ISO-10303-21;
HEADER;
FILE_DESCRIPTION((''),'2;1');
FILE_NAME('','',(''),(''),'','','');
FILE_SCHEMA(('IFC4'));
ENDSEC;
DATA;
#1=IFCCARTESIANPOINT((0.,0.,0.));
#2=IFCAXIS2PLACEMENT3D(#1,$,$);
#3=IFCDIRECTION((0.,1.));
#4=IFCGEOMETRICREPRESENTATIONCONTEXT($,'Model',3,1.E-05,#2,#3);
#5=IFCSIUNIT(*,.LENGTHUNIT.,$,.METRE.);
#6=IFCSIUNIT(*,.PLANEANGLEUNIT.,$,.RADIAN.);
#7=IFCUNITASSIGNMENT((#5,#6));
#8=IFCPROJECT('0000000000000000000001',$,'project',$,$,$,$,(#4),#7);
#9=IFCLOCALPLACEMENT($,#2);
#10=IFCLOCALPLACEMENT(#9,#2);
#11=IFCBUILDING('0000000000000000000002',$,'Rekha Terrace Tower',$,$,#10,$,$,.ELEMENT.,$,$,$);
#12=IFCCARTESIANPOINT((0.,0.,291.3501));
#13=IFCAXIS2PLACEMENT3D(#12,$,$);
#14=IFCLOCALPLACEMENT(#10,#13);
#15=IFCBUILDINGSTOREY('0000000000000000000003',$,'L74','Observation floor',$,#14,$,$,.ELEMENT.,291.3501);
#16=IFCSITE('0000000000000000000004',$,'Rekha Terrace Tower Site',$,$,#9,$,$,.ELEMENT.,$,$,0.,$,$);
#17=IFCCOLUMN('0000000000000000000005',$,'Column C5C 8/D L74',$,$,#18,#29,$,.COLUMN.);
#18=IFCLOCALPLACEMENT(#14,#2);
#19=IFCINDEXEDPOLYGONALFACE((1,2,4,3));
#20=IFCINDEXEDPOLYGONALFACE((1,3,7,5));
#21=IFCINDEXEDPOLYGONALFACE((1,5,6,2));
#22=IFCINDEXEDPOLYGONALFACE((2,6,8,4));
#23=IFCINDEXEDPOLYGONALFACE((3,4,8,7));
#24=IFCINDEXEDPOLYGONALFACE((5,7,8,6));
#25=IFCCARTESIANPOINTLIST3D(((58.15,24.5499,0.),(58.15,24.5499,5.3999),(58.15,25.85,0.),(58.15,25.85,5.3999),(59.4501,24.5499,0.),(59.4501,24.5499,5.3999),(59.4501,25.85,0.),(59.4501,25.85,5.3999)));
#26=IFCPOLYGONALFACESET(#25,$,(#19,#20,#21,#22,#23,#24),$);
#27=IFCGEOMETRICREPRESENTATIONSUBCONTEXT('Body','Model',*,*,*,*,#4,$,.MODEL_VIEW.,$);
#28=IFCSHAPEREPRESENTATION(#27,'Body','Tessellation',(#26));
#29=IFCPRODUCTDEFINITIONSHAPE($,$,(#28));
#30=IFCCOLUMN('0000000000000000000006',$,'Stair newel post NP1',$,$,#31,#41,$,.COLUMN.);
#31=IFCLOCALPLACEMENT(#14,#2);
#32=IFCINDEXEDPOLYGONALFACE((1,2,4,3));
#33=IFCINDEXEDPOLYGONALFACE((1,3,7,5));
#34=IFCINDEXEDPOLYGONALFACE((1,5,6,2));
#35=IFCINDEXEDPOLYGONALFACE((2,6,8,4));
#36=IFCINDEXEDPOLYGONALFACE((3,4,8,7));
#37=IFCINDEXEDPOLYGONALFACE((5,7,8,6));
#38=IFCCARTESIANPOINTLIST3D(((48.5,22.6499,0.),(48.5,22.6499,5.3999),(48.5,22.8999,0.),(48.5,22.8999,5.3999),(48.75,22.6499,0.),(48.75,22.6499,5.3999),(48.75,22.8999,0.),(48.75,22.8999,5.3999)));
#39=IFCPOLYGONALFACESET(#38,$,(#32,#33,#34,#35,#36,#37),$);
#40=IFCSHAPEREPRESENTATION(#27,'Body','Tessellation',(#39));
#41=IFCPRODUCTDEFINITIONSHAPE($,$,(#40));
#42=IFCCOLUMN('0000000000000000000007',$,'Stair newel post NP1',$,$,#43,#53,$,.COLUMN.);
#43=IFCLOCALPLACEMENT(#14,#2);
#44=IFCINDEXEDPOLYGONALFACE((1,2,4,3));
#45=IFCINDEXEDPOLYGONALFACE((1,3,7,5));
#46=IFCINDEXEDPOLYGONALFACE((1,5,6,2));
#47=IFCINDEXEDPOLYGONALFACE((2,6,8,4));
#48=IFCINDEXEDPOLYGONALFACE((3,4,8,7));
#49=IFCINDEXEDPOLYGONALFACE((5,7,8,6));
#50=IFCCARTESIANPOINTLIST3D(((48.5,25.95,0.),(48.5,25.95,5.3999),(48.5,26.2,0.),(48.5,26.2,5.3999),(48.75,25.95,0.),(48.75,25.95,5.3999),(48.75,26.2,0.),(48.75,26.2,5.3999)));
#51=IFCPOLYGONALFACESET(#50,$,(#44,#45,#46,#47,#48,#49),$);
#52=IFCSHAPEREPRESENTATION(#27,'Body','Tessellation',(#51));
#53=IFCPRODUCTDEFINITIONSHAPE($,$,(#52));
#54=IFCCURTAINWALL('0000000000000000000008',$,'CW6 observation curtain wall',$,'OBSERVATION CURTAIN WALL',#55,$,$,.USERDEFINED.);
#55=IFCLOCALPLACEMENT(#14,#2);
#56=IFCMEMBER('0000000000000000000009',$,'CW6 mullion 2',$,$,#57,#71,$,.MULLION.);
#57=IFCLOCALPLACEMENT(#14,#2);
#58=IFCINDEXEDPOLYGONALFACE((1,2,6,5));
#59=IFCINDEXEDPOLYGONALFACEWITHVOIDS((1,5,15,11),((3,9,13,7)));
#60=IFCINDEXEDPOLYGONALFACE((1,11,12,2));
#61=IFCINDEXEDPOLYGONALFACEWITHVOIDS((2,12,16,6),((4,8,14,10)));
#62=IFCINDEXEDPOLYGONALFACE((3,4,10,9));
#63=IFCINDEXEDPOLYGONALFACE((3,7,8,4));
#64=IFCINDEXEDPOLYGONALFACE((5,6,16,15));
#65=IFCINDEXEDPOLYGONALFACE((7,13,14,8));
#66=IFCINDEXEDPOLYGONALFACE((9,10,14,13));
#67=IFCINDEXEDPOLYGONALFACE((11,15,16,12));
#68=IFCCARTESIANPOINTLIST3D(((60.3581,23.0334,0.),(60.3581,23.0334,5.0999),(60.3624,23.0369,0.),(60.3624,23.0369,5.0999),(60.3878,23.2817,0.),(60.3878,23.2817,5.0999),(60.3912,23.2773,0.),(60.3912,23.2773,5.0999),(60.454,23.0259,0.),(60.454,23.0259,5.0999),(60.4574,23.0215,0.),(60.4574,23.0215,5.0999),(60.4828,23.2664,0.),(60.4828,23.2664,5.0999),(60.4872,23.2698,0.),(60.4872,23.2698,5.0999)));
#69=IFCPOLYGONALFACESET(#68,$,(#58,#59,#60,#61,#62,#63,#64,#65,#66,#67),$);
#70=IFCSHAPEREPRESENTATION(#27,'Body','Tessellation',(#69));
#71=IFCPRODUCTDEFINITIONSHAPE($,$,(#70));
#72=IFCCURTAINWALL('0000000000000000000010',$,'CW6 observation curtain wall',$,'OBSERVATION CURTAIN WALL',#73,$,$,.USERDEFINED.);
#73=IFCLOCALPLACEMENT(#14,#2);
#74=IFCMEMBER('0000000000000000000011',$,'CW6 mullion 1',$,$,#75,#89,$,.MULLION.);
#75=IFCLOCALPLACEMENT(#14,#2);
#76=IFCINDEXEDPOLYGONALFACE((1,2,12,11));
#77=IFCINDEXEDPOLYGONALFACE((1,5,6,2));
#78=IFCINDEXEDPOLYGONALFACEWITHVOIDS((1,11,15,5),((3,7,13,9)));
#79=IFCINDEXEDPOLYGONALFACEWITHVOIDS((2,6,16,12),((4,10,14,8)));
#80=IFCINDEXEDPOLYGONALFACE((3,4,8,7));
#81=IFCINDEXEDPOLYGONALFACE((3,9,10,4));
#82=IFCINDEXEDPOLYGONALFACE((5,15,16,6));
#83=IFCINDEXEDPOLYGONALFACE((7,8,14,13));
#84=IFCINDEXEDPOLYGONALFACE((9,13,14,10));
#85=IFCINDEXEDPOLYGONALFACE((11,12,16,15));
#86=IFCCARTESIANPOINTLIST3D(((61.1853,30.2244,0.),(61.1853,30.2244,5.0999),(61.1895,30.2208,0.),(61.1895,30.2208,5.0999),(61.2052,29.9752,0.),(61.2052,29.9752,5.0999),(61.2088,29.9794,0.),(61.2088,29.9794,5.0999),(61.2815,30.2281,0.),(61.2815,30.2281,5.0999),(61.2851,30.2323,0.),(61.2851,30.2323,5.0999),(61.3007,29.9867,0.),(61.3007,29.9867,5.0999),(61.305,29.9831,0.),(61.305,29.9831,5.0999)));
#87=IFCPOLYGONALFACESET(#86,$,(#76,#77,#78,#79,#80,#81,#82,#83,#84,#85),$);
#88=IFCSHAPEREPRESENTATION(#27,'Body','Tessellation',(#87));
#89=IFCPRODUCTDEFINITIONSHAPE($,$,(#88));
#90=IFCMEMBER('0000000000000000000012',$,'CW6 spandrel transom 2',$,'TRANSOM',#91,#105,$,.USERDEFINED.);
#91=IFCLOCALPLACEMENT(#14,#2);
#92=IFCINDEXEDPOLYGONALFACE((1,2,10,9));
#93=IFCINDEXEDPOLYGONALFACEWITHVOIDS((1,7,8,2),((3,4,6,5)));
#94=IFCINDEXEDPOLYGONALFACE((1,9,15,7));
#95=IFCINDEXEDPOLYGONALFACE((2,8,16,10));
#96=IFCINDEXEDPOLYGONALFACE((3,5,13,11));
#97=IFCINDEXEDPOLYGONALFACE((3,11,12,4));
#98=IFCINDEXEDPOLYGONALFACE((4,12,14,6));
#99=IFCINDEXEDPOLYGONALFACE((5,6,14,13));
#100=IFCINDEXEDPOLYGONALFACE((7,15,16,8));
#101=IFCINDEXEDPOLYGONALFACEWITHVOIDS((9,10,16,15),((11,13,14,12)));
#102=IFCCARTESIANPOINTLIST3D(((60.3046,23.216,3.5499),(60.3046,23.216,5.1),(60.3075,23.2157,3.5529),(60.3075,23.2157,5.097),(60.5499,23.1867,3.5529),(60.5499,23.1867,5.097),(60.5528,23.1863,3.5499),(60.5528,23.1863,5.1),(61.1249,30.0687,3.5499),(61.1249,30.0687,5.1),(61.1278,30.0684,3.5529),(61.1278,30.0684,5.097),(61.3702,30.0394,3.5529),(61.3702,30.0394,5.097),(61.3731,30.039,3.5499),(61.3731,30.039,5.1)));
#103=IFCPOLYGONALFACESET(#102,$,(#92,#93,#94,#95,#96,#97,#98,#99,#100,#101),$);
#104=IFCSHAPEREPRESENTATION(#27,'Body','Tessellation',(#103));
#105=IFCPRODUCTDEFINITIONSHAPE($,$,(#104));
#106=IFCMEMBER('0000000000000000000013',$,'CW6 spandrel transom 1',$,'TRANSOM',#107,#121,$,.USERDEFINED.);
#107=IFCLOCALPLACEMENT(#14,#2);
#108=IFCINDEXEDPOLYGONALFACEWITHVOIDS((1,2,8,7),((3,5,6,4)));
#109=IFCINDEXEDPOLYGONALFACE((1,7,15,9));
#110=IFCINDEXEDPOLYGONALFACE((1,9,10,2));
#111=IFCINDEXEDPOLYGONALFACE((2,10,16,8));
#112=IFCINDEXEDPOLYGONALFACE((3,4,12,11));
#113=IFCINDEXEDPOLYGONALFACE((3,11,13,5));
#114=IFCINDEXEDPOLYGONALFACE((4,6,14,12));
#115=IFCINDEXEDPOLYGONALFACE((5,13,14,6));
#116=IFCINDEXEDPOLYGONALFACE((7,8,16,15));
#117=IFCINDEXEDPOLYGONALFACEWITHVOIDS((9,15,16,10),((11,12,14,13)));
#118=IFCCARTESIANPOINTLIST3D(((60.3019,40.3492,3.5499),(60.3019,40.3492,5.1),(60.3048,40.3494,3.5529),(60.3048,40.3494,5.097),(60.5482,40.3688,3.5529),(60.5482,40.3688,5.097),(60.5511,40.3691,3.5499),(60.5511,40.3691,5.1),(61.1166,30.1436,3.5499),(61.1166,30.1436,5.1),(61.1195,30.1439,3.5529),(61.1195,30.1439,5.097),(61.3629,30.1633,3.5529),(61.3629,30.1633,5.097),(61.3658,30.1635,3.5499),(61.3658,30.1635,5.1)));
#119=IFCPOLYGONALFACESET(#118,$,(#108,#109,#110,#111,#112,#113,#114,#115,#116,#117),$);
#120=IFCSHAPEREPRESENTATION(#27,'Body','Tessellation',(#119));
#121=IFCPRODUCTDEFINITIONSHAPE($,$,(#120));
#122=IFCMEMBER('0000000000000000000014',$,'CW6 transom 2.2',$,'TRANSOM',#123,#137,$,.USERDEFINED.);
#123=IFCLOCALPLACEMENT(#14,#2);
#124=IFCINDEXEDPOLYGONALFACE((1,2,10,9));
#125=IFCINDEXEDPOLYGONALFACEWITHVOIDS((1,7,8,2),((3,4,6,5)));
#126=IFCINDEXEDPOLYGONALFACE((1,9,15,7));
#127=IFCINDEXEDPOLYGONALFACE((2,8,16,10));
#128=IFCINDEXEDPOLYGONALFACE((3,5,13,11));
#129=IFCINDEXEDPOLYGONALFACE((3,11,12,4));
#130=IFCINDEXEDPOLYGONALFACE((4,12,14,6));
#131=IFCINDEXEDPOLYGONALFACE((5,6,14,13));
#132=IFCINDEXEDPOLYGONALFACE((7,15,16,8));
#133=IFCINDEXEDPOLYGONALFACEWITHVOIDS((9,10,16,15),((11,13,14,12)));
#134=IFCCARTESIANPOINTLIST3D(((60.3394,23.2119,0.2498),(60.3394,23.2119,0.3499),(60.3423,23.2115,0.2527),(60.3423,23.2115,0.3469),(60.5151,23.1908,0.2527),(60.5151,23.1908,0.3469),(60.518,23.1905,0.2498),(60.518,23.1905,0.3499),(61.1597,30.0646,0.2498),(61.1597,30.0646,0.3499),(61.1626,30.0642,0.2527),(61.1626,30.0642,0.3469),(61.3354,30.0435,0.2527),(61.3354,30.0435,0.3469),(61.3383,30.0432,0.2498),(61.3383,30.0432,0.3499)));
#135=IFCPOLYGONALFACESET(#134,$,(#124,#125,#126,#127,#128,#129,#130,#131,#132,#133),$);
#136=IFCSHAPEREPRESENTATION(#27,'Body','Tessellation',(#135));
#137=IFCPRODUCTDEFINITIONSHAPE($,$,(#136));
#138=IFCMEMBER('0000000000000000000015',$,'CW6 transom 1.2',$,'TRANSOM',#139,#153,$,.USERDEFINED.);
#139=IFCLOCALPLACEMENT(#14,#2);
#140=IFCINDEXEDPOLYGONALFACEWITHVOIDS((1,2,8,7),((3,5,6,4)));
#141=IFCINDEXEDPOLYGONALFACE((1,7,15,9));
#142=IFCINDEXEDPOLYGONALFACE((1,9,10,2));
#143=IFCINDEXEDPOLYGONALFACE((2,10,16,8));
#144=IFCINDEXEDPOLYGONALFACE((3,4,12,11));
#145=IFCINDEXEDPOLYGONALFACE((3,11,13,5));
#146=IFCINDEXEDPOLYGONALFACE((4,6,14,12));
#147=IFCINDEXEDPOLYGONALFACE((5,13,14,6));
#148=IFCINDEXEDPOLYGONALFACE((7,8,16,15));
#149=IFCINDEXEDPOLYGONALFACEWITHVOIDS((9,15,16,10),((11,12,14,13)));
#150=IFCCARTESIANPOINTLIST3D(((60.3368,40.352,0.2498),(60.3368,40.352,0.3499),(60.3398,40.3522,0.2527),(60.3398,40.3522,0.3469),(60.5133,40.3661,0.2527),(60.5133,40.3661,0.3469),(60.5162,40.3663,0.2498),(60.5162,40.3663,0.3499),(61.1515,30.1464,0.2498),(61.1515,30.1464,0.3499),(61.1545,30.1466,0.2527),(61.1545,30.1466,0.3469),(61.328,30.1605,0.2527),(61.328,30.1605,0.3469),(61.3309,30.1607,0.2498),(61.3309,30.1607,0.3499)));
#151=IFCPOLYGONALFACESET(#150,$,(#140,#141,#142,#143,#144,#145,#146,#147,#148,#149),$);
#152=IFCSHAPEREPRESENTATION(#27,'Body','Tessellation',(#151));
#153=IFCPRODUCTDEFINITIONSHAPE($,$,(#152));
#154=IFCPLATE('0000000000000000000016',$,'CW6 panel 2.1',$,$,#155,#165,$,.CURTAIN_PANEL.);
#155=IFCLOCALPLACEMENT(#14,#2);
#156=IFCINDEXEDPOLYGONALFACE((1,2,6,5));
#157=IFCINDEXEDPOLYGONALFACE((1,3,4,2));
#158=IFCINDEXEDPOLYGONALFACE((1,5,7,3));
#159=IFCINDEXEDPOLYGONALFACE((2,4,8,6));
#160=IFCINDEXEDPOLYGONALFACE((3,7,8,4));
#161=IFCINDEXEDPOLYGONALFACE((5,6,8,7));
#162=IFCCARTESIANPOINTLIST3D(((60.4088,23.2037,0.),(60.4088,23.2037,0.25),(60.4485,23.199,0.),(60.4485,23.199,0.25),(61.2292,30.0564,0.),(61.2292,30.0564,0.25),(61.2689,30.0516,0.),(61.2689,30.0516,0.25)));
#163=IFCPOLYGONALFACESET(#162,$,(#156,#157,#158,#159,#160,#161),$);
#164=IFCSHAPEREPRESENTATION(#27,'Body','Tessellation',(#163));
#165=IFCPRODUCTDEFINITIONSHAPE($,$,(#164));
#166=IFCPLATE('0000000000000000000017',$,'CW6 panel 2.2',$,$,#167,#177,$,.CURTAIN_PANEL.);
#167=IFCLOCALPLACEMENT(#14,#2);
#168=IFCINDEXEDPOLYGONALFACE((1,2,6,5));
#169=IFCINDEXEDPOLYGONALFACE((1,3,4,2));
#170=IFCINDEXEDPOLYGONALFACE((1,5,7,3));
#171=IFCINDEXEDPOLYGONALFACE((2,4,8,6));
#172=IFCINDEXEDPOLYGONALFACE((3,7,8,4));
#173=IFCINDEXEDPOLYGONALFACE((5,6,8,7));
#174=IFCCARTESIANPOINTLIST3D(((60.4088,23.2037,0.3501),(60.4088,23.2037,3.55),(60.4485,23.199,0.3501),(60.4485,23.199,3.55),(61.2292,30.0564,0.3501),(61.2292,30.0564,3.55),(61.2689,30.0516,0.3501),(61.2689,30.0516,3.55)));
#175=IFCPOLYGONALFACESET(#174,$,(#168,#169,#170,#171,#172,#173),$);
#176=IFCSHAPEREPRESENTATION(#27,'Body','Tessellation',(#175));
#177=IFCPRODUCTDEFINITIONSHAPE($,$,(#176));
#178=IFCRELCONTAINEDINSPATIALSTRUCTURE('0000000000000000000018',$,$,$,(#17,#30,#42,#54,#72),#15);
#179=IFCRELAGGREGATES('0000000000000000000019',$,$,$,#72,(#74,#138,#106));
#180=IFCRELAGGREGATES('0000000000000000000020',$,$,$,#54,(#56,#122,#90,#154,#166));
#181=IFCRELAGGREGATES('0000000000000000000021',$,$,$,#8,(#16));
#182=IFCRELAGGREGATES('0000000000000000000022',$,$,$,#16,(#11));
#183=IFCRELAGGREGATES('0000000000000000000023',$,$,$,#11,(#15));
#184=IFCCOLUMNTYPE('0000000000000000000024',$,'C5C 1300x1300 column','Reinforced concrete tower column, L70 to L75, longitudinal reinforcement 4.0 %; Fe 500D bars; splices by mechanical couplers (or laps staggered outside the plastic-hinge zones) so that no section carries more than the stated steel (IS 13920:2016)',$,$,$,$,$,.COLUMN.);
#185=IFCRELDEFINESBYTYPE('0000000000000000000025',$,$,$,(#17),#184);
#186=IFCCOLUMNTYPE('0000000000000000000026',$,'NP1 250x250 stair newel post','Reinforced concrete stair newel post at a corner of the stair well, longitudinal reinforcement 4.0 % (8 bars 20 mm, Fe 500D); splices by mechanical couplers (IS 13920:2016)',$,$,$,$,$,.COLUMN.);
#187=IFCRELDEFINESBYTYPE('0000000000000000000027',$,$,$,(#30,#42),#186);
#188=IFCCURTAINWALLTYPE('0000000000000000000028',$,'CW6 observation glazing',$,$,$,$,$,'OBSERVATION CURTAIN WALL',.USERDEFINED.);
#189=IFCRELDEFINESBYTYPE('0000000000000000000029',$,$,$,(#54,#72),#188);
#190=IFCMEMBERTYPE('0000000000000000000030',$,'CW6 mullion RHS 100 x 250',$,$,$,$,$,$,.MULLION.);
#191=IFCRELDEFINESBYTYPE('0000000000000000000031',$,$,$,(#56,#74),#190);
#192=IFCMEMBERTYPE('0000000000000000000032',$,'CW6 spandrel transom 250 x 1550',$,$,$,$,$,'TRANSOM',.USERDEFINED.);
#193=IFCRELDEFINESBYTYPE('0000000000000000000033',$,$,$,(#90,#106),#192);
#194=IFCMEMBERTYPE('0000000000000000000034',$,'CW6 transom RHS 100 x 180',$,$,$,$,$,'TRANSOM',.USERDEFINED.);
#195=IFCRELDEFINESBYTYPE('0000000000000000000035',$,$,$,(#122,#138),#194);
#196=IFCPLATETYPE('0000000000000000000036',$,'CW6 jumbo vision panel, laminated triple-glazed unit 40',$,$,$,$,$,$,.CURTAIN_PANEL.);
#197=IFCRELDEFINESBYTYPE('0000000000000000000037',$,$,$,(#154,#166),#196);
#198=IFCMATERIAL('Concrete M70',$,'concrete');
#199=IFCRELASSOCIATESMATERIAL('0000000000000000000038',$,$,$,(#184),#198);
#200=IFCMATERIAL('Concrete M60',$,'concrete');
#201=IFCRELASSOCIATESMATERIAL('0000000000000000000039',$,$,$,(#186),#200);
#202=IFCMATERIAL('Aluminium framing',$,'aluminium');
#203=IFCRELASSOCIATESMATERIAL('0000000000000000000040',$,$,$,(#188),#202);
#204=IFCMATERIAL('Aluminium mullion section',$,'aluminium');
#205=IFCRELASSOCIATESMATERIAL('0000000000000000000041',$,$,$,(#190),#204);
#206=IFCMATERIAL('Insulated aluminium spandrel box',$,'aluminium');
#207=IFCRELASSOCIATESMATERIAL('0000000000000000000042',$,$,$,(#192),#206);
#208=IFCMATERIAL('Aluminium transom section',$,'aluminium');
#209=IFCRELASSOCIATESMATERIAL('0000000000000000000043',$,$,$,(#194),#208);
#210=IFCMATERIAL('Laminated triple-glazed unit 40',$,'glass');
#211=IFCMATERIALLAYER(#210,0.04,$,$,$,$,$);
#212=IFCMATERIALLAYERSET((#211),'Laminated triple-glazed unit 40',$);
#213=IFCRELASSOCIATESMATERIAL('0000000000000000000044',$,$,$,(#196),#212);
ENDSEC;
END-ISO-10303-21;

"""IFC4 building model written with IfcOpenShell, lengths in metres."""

from ifc_helpers import new_model, si_unit, direction, frame, origin, origin_2d, place, context, subcontext, project, spatial, rectangle, hollow_rectangle, extrude, material, layer, layer_set, material_profile, profile_set, type_object, element, aggregate, save


model = new_model("IFC4")

# Units and contexts
model_context = context("Model", 3, precision=1e-05, world=origin(), true_north=direction((0.0, 1.0)))
body_context = subcontext(model_context, "Body", "Model", "MODEL_VIEW")
ifc_project = project(units=[si_unit("LENGTHUNIT", "METRE"), si_unit("PLANEANGLEUNIT", "RADIAN")], contexts=[model_context])

# Site, building, storey
site_placement = place(None, origin())
site = spatial("IfcSite", under=ifc_project, at=site_placement, Name="Rekha Terrace Tower Site", CompositionType="ELEMENT", RefElevation=0.0)
building_placement = place(site_placement, origin())
building = spatial("IfcBuilding", under=site, at=building_placement, Name="Rekha Terrace Tower", CompositionType="ELEMENT")
storey_placement = place(building_placement, frame((0.0, 0.0, 291.3501)))
storey = spatial("IfcBuildingStorey", under=building, at=storey_placement, Name="L74", Description="Observation floor", CompositionType="ELEMENT", Elevation=291.3501)

# Columns
ifc_material_1 = material(Name="Concrete M70", Category="concrete")
ifc_material_profile_1 = material_profile(ifc_material_1, rectangle(XDim=1.3, YDim=1.3, at=origin_2d()), Name="RC 1300x1300")
ifc_profile_set_1 = profile_set([ifc_material_profile_1], Name="Concrete M70")
column_type_1 = type_object("IfcColumnType", Name="C5C 1300x1300 column", Description="Reinforced concrete tower column, L70 to L75, longitudinal reinforcement 4.0 %; Fe 500D bars; splices by mechanical couplers (or laps staggered outside the plastic-hinge zones) so that no section carries more than the stated steel (IS 13920:2016)", PredefinedType="COLUMN", material=ifc_profile_set_1)
column_placement = place(storey_placement, frame((58.8, 25.2, 0.0), z_axis=(0.0, 0.0, 1.0), x_axis=(1.0, 0.0, 0.0)))
element("IfcColumn", 1, at=column_placement, inside=storey, type_object=column_type_1, Name="Column C5C 8/D L74", PredefinedType="COLUMN", context=body_context, shape_type="SweptSolid", body=[
    extrude(rectangle(XDim=1.3, YDim=1.3, at=origin_2d()), origin(), (0.0, 0.0, 1.0), 5.3999),
])
ifc_material_2 = material(Name="Concrete M60", Category="concrete")
ifc_material_profile_2 = material_profile(ifc_material_2, rectangle(XDim=0.25, YDim=0.25, at=origin_2d()), Name="RC 250x250")
ifc_profile_set_2 = profile_set([ifc_material_profile_2], Name="Concrete M60")
column_type_2 = type_object("IfcColumnType", Name="NP1 250x250 stair newel post", Description="Reinforced concrete stair newel post at a corner of the stair well, longitudinal reinforcement 4.0 % (8 bars 20 mm, Fe 500D); splices by mechanical couplers (IS 13920:2016)", PredefinedType="COLUMN", material=ifc_profile_set_2)
for number, where, z_axis, x_axis, name in (
    (2, (48.625, 22.7749, 0.0), (0.0, 0.0, 1.0), (1.0, 0.0, 0.0), "Stair newel post NP1"),
    (3, (48.625, 26.075, 0.0), (0.0, 0.0, 1.0), (1.0, 0.0, 0.0), "Stair newel post NP1"),
):
    element("IfcColumn", number, at=place(storey_placement, frame(where, z_axis=z_axis, x_axis=x_axis)), inside=storey, type_object=column_type_2, Name=name, PredefinedType="COLUMN", context=body_context, shape_type="SweptSolid", body=[
        extrude(rectangle(XDim=0.25, YDim=0.25, at=origin_2d()), origin(), (0.0, 0.0, 1.0), 5.3999),
    ])

# Curtain walls, members
ifc_material_3 = material(Name="Aluminium framing", Category="aluminium")
curtain_wall_type = type_object("IfcCurtainWallType", Name="CW6 observation glazing", ElementType="OBSERVATION CURTAIN WALL", PredefinedType="USERDEFINED", material=ifc_material_3)
curtain_wall_1_placement = place(storey_placement, origin())
curtain_wall_1 = element("IfcCurtainWall", 4, at=curtain_wall_1_placement, inside=storey, type_object=curtain_wall_type, Name="CW6 observation curtain wall", ObjectType="OBSERVATION CURTAIN WALL", PredefinedType="USERDEFINED")
ifc_material_4 = material(Name="Aluminium mullion section", Category="aluminium")
ifc_material_profile_3 = material_profile(ifc_material_4, hollow_rectangle(XDim=0.1001, YDim=0.25, WallThickness=0.0039, at=origin_2d()), Name="AL RHS 100x250")
ifc_profile_set_3 = profile_set([ifc_material_profile_3], Name="Aluminium mullion section")
member_type_1 = type_object("IfcMemberType", Name="CW6 mullion RHS 100 x 250", PredefinedType="MULLION", material=ifc_profile_set_3)
member_1_placement = place(storey_placement, frame((60.4226, 23.1516, 0.0), z_axis=(0.0, 0.0, 1.0), x_axis=(-0.99291, 0.118869, 0.0)))
member_1 = element("IfcMember", 5, at=member_1_placement, type_object=member_type_1, Name="CW6 mullion 2", PredefinedType="MULLION", context=body_context, shape_type="SweptSolid", body=[
    extrude(hollow_rectangle(XDim=0.1001, YDim=0.25, WallThickness=0.0039, at=origin_2d()), origin(), (0.0, 0.0, 1.0), 5.0999),
])
curtain_wall_2_placement = place(storey_placement, origin())
curtain_wall_2 = element("IfcCurtainWall", 6, at=curtain_wall_2_placement, inside=storey, type_object=curtain_wall_type, Name="CW6 observation curtain wall", ObjectType="OBSERVATION CURTAIN WALL", PredefinedType="USERDEFINED")
member_2_placement = place(storey_placement, frame((61.2451, 30.1038, 0.0), z_axis=(0.0, 0.0, 1.0), x_axis=(-0.99683, -0.079559, 0.0)))
member_2 = element("IfcMember", 7, at=member_2_placement, type_object=member_type_1, Name="CW6 mullion 1", PredefinedType="MULLION", context=body_context, shape_type="SweptSolid", body=[
    extrude(hollow_rectangle(XDim=0.1001, YDim=0.25, WallThickness=0.0039, at=origin_2d()), origin(), (0.0, 0.0, 1.0), 5.0999),
])

# Members
ifc_material_5 = material(Name="Insulated aluminium spandrel box", Category="aluminium")
ifc_material_profile_4 = material_profile(ifc_material_5, hollow_rectangle(XDim=0.25, YDim=1.55, WallThickness=0.0029, at=origin_2d()), Name="AL SPANDREL BOX 250x1550")
ifc_profile_set_4 = profile_set([ifc_material_profile_4], Name="Insulated aluminium spandrel box")
member_type_2 = type_object("IfcMemberType", Name="CW6 spandrel transom 250 x 1550", ElementType="TRANSOM", PredefinedType="USERDEFINED", material=ifc_profile_set_4)
member_3_placement = place(storey_placement, frame((60.4287, 23.2012, 4.325), z_axis=(0.118856, 0.992911, 0.0), x_axis=(-0.992911, 0.118856, 0.0)))
member_3 = element("IfcMember", 8, at=member_3_placement, type_object=member_type_2, Name="CW6 spandrel transom 2", ObjectType="TRANSOM", PredefinedType="USERDEFINED", context=body_context, shape_type="SweptSolid", body=[
    extrude(hollow_rectangle(XDim=0.25, YDim=1.55, WallThickness=0.0029, at=origin_2d()), origin(), (0.0, 0.0, 1.0), 6.9016),
])
member_4_placement = place(storey_placement, frame((61.2412, 30.1536, 4.325), z_axis=(-0.079576, 0.996829, 0.0), x_axis=(-0.996829, -0.079576, 0.0)))
member_4 = element("IfcMember", 9, at=member_4_placement, type_object=member_type_2, Name="CW6 spandrel transom 1", ObjectType="TRANSOM", PredefinedType="USERDEFINED", context=body_context, shape_type="SweptSolid", body=[
    extrude(hollow_rectangle(XDim=0.25, YDim=1.55, WallThickness=0.0029, at=origin_2d()), origin(), (0.0, 0.0, 1.0), 10.238),
])
ifc_material_6 = material(Name="Aluminium transom section", Category="aluminium")
ifc_material_profile_5 = material_profile(ifc_material_6, hollow_rectangle(XDim=0.1799, YDim=0.1001, WallThickness=0.0029, at=origin_2d()), Name="AL RHS 180x100")
ifc_profile_set_5 = profile_set([ifc_material_profile_5], Name="Aluminium transom section")
member_type_3 = type_object("IfcMemberType", Name="CW6 transom RHS 100 x 180", ElementType="TRANSOM", PredefinedType="USERDEFINED", material=ifc_profile_set_5)
member_5_placement = place(storey_placement, frame((60.4287, 23.2012, 0.2998), z_axis=(0.118856, 0.992911, 0.0), x_axis=(-0.992911, 0.118856, 0.0)))
member_5 = element("IfcMember", 10, at=member_5_placement, type_object=member_type_3, Name="CW6 transom 2.2", ObjectType="TRANSOM", PredefinedType="USERDEFINED", context=body_context, shape_type="SweptSolid", body=[
    extrude(hollow_rectangle(XDim=0.1799, YDim=0.1001, WallThickness=0.0029, at=origin_2d()), origin(), (0.0, 0.0, 1.0), 6.9016),
])
member_6_placement = place(storey_placement, frame((61.2412, 30.1536, 0.2998), z_axis=(-0.079576, 0.996829, 0.0), x_axis=(-0.996829, -0.079576, 0.0)))
member_6 = element("IfcMember", 11, at=member_6_placement, type_object=member_type_3, Name="CW6 transom 1.2", ObjectType="TRANSOM", PredefinedType="USERDEFINED", context=body_context, shape_type="SweptSolid", body=[
    extrude(hollow_rectangle(XDim=0.1799, YDim=0.1001, WallThickness=0.0029, at=origin_2d()), origin(), (0.0, 0.0, 1.0), 10.238),
])
aggregate(curtain_wall_2, [member_2, member_6, member_4])

# Plates
ifc_material_7 = material(Name="Laminated triple-glazed unit 40", Category="glass")
ifc_layer = layer(ifc_material_7, 0.04)
ifc_layer_set = layer_set([ifc_layer], Name="Laminated triple-glazed unit 40")
plate_type = type_object("IfcPlateType", Name="CW6 jumbo vision panel, laminated triple-glazed unit 40", PredefinedType="CURTAIN_PANEL", material=ifc_layer_set)
plate_1_placement = place(storey_placement, frame((60.8389, 26.6277, 0.0), z_axis=(0.0, 0.0, 1.0), x_axis=(0.118869, 0.99291, 0.0)))
plate_1 = element("IfcPlate", 12, at=plate_1_placement, type_object=plate_type, Name="CW6 panel 2.1", PredefinedType="CURTAIN_PANEL", context=body_context, shape_type="SweptSolid", body=[
    extrude(rectangle(XDim=6.9016, YDim=0.04, at=origin_2d()), origin(), (0.0, 0.0, 1.0), 0.25),
])
plate_2_placement = place(storey_placement, frame((60.8389, 26.6277, 0.3501), z_axis=(0.0, 0.0, 1.0), x_axis=(0.118869, 0.99291, 0.0)))
plate_2 = element("IfcPlate", 13, at=plate_2_placement, type_object=plate_type, Name="CW6 panel 2.2", PredefinedType="CURTAIN_PANEL", context=body_context, shape_type="SweptSolid", body=[
    extrude(rectangle(XDim=6.9016, YDim=0.04, at=origin_2d()), origin(), (0.0, 0.0, 1.0), 3.2),
])
aggregate(curtain_wall_1, [member_1, member_5, member_3, plate_1, plate_2])

save(model, "model.ifc")
